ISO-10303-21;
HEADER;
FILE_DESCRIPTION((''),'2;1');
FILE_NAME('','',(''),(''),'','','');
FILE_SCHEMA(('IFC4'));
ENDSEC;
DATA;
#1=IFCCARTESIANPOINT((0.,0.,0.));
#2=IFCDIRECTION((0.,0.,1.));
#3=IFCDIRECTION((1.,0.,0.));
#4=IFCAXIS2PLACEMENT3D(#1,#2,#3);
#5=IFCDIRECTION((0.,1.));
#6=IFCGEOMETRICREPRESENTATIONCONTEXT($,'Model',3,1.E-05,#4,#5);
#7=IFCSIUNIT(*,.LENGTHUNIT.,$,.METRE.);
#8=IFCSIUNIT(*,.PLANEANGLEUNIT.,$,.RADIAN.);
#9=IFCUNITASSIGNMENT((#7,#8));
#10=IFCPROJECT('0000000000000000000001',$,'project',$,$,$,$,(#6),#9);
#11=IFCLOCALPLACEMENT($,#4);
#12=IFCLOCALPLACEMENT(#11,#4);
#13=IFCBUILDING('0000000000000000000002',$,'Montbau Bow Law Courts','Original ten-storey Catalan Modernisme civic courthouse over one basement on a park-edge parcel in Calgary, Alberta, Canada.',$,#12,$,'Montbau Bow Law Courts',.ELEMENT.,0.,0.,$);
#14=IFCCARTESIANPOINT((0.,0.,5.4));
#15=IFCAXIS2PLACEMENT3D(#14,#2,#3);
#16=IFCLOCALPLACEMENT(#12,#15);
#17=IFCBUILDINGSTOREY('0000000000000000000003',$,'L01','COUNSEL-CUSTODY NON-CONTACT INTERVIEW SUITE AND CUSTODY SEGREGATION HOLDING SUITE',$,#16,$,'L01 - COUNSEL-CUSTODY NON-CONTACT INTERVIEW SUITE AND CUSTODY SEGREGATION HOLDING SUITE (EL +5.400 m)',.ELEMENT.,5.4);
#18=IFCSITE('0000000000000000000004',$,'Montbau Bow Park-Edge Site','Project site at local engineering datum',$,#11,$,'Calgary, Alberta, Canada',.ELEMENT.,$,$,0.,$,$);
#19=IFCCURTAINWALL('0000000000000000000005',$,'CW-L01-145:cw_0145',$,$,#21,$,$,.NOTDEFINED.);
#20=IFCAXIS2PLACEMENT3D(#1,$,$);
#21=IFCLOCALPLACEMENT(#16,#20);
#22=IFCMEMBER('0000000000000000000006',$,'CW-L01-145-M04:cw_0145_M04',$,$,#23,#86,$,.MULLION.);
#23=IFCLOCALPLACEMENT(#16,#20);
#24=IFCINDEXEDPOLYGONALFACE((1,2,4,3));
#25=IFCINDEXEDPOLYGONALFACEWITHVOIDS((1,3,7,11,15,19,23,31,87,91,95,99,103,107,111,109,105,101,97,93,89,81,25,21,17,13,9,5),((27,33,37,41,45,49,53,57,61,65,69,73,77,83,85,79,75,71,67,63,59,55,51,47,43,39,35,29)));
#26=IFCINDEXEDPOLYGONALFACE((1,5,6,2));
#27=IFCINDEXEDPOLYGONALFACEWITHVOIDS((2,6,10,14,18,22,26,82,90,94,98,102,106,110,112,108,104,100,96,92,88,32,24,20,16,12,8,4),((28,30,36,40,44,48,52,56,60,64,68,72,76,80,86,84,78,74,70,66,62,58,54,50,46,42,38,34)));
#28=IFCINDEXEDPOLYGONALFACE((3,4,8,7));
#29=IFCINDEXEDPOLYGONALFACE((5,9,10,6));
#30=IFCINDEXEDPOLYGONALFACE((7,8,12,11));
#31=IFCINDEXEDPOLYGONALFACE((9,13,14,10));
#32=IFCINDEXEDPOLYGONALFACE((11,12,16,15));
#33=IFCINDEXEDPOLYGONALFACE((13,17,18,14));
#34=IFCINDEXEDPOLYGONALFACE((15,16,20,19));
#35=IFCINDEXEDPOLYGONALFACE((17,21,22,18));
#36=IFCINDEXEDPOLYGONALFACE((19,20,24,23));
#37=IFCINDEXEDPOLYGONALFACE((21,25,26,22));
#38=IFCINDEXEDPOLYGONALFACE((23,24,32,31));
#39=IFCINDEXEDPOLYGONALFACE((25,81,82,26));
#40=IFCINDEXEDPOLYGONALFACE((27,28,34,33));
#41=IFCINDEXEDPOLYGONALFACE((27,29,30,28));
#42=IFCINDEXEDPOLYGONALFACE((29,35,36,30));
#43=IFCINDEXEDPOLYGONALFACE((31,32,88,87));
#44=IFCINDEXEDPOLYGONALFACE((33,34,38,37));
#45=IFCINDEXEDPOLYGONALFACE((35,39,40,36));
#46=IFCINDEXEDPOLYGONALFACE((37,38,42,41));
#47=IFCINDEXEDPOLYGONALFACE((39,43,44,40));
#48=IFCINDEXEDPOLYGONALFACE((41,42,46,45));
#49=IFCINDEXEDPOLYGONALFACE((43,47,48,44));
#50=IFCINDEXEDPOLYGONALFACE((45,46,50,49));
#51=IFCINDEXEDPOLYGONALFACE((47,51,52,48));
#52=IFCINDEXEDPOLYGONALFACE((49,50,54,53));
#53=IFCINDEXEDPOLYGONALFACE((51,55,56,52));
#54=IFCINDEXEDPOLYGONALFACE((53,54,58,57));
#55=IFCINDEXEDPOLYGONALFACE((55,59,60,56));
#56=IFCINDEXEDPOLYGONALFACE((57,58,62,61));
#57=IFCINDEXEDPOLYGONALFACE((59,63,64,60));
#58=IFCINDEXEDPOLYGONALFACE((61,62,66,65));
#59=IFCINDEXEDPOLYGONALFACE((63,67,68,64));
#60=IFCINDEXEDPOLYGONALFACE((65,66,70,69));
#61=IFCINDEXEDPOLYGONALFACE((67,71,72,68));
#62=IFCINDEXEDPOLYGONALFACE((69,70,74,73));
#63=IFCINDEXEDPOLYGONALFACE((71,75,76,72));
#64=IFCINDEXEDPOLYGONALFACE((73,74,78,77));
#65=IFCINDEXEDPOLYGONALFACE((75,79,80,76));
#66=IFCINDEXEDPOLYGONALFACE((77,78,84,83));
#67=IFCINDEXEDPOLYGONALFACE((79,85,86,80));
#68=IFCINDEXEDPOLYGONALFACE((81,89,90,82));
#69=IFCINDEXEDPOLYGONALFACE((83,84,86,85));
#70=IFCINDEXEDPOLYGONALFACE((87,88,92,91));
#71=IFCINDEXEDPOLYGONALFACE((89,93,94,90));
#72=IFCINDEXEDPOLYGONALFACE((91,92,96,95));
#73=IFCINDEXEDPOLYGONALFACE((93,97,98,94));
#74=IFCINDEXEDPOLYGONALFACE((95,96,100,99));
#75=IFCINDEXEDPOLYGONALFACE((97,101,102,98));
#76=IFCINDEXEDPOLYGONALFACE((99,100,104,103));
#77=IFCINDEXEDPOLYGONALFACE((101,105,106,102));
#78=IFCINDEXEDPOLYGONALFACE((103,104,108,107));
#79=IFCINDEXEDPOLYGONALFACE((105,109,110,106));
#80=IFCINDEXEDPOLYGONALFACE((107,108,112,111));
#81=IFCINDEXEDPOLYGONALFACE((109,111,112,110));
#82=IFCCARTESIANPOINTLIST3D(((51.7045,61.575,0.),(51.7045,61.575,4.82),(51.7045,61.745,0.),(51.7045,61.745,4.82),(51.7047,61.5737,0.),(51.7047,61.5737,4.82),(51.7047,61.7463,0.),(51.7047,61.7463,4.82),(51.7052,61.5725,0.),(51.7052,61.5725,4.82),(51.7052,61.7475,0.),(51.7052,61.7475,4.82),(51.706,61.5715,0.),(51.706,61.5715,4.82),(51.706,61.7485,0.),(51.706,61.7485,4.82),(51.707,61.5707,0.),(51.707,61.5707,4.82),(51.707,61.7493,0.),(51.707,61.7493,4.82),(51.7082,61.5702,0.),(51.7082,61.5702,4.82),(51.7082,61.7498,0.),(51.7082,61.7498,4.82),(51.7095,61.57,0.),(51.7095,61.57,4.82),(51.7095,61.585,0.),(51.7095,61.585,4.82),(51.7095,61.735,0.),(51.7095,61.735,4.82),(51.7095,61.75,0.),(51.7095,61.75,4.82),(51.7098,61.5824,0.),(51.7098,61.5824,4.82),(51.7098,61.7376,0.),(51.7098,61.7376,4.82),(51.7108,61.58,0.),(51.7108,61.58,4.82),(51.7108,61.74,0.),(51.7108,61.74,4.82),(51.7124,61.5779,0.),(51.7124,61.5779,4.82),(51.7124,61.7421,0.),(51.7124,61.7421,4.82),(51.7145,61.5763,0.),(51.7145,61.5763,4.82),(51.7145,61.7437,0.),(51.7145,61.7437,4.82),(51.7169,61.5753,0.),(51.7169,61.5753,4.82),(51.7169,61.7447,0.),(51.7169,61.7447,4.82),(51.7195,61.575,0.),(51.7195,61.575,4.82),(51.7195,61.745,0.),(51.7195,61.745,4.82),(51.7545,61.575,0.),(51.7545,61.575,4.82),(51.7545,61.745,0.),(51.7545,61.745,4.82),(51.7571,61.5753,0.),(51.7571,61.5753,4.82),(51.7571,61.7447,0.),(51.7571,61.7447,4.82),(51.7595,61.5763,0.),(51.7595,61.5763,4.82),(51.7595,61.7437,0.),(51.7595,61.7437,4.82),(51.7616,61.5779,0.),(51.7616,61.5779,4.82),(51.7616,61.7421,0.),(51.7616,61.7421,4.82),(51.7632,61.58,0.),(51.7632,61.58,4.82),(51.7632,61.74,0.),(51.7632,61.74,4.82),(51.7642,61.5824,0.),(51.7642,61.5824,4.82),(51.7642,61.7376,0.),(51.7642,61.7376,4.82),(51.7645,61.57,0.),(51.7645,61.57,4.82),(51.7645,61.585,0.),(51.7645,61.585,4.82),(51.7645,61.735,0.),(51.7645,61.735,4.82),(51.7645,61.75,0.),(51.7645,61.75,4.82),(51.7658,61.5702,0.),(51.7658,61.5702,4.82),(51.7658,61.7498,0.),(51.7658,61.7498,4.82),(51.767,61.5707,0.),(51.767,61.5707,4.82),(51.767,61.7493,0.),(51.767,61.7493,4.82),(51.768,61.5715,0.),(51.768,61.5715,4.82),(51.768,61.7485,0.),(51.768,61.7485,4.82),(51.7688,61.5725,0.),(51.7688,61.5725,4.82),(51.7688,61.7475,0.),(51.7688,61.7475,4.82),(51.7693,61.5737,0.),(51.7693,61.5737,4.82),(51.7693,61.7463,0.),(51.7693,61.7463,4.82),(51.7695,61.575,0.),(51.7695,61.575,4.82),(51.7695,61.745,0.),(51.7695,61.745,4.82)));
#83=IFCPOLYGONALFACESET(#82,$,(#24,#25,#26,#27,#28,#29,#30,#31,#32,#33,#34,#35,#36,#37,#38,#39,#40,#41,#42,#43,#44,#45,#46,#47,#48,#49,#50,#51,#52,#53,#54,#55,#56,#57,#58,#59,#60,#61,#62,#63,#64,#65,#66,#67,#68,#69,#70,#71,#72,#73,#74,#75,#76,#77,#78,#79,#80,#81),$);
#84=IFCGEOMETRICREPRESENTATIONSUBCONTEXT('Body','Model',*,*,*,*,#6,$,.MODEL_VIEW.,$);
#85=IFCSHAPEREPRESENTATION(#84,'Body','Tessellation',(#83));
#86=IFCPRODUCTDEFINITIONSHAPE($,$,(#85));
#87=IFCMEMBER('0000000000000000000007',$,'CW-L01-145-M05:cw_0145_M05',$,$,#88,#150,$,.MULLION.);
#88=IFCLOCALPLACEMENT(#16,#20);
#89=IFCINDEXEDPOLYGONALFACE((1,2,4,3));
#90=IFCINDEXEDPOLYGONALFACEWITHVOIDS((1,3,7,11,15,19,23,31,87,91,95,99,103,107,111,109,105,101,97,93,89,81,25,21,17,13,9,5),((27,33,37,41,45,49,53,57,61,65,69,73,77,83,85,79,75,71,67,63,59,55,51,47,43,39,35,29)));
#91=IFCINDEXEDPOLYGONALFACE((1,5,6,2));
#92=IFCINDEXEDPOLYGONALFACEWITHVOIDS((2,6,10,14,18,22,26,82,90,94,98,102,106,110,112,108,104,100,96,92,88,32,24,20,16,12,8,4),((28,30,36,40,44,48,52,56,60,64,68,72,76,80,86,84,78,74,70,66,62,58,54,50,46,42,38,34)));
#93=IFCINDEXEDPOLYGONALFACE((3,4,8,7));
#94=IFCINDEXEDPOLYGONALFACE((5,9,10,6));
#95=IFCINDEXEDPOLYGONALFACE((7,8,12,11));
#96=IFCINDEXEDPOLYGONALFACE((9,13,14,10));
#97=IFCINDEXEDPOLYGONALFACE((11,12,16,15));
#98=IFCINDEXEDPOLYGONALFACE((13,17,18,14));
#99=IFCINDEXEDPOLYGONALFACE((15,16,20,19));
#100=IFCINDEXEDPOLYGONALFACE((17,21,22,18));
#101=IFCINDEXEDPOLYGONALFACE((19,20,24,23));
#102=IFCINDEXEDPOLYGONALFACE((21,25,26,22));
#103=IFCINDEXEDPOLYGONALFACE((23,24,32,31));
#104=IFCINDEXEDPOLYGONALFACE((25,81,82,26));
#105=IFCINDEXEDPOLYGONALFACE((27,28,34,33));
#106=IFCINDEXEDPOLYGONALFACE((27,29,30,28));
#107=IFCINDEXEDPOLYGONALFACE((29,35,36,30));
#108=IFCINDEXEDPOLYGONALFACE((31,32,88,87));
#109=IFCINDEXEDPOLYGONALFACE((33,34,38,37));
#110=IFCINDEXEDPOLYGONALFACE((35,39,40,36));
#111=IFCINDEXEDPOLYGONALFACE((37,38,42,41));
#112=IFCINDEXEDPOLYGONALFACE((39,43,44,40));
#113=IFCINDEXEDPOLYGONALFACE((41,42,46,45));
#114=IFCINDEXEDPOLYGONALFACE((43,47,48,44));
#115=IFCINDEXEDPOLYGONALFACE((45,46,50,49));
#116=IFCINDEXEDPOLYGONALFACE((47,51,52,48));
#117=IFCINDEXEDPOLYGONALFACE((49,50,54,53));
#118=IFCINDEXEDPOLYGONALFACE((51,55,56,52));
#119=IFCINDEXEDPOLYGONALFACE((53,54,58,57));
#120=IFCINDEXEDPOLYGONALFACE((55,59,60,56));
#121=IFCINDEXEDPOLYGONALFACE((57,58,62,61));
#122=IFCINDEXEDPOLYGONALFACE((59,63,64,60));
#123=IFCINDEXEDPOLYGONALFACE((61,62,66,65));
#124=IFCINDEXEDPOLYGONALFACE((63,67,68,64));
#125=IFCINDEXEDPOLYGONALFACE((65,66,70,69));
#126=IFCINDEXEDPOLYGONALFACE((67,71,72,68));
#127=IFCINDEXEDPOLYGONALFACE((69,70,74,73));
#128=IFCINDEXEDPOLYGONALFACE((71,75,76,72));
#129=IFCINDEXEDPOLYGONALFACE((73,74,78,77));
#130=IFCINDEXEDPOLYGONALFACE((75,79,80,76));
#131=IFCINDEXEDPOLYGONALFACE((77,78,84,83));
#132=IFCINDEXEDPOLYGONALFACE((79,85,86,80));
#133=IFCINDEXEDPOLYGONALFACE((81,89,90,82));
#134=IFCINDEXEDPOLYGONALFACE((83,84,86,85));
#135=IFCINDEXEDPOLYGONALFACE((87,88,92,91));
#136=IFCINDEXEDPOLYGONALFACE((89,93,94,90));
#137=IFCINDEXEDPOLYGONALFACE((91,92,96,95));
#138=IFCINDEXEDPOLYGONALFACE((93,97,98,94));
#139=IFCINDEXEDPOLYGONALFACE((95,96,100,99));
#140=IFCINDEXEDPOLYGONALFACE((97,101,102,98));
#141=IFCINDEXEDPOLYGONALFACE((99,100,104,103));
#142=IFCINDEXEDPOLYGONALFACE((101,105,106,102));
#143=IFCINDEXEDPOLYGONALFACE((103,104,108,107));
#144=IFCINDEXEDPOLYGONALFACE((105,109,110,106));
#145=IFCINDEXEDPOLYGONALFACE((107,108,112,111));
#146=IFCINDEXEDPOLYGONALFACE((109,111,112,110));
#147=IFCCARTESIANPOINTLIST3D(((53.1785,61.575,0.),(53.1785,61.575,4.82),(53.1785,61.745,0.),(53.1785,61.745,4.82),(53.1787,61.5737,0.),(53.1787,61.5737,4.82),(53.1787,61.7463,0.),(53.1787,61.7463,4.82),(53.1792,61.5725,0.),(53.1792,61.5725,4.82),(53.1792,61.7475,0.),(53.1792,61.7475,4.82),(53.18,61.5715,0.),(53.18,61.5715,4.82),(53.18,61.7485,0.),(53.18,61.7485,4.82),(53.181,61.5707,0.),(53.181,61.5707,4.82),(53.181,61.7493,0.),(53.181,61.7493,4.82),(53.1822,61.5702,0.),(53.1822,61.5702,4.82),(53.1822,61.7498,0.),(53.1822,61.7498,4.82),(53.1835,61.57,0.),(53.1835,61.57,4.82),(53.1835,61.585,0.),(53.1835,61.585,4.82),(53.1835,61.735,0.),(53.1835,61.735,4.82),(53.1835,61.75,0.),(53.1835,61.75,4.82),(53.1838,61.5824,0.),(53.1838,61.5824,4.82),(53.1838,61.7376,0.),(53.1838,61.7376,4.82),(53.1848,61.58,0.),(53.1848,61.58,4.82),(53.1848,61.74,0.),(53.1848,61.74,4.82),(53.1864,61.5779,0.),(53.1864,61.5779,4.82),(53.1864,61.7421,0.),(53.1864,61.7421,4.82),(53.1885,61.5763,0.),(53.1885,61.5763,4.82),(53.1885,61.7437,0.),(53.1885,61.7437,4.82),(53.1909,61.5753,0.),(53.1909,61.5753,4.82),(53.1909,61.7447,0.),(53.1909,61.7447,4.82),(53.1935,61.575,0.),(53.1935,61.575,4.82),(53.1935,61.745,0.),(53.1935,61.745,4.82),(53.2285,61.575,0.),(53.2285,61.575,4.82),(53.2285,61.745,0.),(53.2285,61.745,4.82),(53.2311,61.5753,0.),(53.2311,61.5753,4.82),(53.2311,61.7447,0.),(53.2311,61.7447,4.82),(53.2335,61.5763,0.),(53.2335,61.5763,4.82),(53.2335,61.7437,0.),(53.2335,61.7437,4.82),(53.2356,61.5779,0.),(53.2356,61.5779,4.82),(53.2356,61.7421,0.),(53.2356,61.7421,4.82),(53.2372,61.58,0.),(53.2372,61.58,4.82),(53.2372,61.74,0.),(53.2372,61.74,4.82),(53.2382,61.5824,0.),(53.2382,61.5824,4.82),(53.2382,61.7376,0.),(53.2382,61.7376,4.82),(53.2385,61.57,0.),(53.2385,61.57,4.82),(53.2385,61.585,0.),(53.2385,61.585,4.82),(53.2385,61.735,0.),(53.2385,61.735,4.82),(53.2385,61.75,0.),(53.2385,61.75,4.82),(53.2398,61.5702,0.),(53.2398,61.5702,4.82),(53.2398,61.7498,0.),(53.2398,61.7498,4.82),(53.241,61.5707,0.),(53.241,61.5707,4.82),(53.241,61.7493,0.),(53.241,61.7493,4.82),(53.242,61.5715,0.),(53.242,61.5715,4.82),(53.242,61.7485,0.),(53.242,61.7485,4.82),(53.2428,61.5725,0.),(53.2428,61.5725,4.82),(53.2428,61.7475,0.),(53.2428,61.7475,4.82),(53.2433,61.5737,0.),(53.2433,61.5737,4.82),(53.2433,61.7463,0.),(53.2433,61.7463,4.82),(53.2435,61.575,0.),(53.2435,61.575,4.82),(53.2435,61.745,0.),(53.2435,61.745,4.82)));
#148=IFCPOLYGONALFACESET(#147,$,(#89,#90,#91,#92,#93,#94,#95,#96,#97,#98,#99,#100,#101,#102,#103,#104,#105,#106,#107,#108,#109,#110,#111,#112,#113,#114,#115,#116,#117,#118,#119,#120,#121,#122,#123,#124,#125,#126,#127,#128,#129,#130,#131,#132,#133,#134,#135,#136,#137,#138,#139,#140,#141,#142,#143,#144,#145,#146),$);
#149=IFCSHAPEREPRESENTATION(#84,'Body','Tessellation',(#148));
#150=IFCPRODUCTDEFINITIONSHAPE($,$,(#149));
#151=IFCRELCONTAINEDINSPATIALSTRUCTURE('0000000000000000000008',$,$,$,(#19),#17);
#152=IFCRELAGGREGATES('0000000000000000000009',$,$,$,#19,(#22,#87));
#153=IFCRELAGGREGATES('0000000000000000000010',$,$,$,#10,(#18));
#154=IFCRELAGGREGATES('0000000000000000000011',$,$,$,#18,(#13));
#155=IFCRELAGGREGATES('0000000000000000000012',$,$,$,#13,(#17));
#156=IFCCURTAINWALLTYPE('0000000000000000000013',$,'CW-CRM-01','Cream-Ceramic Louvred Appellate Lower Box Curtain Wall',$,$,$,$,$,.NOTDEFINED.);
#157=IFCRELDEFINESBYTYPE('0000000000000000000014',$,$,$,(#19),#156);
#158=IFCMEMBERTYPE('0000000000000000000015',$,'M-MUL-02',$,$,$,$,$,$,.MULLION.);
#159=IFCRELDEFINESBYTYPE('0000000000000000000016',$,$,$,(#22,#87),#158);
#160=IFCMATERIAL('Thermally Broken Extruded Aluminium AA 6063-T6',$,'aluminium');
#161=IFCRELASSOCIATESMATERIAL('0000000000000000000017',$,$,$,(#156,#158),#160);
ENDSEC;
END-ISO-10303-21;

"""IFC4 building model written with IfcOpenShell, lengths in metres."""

from ifc_helpers import new_model, si_unit, direction, frame, origin_with_axes, origin_2d_with_axis, place, context, subcontext, project, spatial, hollow_rectangle, extrude, material, material_profile, profile_set, type_object, element, aggregate, save


model = new_model("IFC4")

# Units and contexts
model_context = context("Model", 3, precision=1e-05, world=origin_with_axes(), true_north=direction((0.0, 1.0)))
body_context = subcontext(model_context, "Body", "Model", "MODEL_VIEW")
ifc_project = project(units=[si_unit("LENGTHUNIT", "METRE"), si_unit("PLANEANGLEUNIT", "RADIAN")], contexts=[model_context])

# Site, building, storey
site_placement = place(None, origin_with_axes())
site = spatial("IfcSite", under=ifc_project, at=site_placement, Name="Montbau Bow Park-Edge Site", Description="Project site at local engineering datum", LongName="Calgary, Alberta, Canada", CompositionType="ELEMENT", RefElevation=0.0)
building_placement = place(site_placement, origin_with_axes())
building = spatial("IfcBuilding", under=site, at=building_placement, Name="Montbau Bow Law Courts", Description="Original ten-storey Catalan Modernisme civic courthouse over one basement on a park-edge parcel in Calgary, Alberta, Canada.", LongName="Montbau Bow Law Courts", CompositionType="ELEMENT", ElevationOfRefHeight=0.0, ElevationOfTerrain=0.0)
storey_placement = place(building_placement, frame((0.0, 0.0, 5.4), z_axis=(0.0, 0.0, 1.0), x_axis=(1.0, 0.0, 0.0)))
storey = spatial("IfcBuildingStorey", under=building, at=storey_placement, Name="L01", Description="COUNSEL-CUSTODY NON-CONTACT INTERVIEW SUITE AND CUSTODY SEGREGATION HOLDING SUITE", LongName="L01 - COUNSEL-CUSTODY NON-CONTACT INTERVIEW SUITE AND CUSTODY SEGREGATION HOLDING SUITE (EL +5.400 m)", CompositionType="ELEMENT", Elevation=5.4)

# Curtain wall, members
ifc_material_1 = material(Name="Thermally Broken Extruded Aluminium AA 6063-T6", Category="aluminium")
curtain_wall_type = type_object("IfcCurtainWallType", Name="CW-CRM-01", Description="Cream-Ceramic Louvred Appellate Lower Box Curtain Wall", PredefinedType="NOTDEFINED", material=ifc_material_1)
curtain_wall_1_placement = place(None, frame((47.315, 61.66, 5.4), z_axis=(0.0, 0.0, 1.0), x_axis=(1.0, 0.0, 0.0)))
curtain_wall_1 = element("IfcCurtainWall", 1, at=curtain_wall_1_placement, inside=storey, type_object=curtain_wall_type, Name="CW-L01-145:cw_0145", PredefinedType="NOTDEFINED")
ifc_material_profile_1 = material_profile(ifc_material_1, hollow_rectangle(XDim=0.065, YDim=0.18, WallThickness=0.005, InnerFilletRadius=0.01, OuterFilletRadius=0.005, at=origin_2d_with_axis()), Name="CWM-180X65", Category="Main", Priority=0)
ifc_profile_set_1 = profile_set([ifc_material_profile_1], Name="Thermally Broken Extruded Aluminium AA 6063-T6")
member_type_1 = type_object("IfcMemberType", Name="M-MUL-02", PredefinedType="MULLION", material=ifc_profile_set_1)
member_1_placement = place(None, frame((51.737, 61.66, 5.4), z_axis=(0.0, 0.0, 1.0), x_axis=(1.0, 0.0, 0.0)))
member_1 = element("IfcMember", 2, at=member_1_placement, type_object=member_type_1, Name="CW-L01-145-M04:cw_0145_M04", PredefinedType="MULLION", context=body_context, shape_type="SweptSolid", body=[
    extrude(hollow_rectangle(XDim=0.065, YDim=0.18, WallThickness=0.005, InnerFilletRadius=0.01, OuterFilletRadius=0.005, at=origin_2d_with_axis()), origin_with_axes(), (0.0, 0.0, 1.0), 4.82),
])
member_2_placement = place(None, frame((53.211, 61.66, 5.4), z_axis=(0.0, 0.0, 1.0), x_axis=(1.0, 0.0, 0.0)))
member_2 = element("IfcMember", 3, at=member_2_placement, type_object=member_type_1, Name="CW-L01-145-M05:cw_0145_M05", PredefinedType="MULLION", context=body_context, shape_type="SweptSolid", body=[
    extrude(hollow_rectangle(XDim=0.065, YDim=0.18, WallThickness=0.005, InnerFilletRadius=0.01, OuterFilletRadius=0.005, at=origin_2d_with_axis()), origin_with_axes(), (0.0, 0.0, 1.0), 4.82),
])

aggregate(curtain_wall_1, [member_1, member_2])

save(model, "model.ifc")
